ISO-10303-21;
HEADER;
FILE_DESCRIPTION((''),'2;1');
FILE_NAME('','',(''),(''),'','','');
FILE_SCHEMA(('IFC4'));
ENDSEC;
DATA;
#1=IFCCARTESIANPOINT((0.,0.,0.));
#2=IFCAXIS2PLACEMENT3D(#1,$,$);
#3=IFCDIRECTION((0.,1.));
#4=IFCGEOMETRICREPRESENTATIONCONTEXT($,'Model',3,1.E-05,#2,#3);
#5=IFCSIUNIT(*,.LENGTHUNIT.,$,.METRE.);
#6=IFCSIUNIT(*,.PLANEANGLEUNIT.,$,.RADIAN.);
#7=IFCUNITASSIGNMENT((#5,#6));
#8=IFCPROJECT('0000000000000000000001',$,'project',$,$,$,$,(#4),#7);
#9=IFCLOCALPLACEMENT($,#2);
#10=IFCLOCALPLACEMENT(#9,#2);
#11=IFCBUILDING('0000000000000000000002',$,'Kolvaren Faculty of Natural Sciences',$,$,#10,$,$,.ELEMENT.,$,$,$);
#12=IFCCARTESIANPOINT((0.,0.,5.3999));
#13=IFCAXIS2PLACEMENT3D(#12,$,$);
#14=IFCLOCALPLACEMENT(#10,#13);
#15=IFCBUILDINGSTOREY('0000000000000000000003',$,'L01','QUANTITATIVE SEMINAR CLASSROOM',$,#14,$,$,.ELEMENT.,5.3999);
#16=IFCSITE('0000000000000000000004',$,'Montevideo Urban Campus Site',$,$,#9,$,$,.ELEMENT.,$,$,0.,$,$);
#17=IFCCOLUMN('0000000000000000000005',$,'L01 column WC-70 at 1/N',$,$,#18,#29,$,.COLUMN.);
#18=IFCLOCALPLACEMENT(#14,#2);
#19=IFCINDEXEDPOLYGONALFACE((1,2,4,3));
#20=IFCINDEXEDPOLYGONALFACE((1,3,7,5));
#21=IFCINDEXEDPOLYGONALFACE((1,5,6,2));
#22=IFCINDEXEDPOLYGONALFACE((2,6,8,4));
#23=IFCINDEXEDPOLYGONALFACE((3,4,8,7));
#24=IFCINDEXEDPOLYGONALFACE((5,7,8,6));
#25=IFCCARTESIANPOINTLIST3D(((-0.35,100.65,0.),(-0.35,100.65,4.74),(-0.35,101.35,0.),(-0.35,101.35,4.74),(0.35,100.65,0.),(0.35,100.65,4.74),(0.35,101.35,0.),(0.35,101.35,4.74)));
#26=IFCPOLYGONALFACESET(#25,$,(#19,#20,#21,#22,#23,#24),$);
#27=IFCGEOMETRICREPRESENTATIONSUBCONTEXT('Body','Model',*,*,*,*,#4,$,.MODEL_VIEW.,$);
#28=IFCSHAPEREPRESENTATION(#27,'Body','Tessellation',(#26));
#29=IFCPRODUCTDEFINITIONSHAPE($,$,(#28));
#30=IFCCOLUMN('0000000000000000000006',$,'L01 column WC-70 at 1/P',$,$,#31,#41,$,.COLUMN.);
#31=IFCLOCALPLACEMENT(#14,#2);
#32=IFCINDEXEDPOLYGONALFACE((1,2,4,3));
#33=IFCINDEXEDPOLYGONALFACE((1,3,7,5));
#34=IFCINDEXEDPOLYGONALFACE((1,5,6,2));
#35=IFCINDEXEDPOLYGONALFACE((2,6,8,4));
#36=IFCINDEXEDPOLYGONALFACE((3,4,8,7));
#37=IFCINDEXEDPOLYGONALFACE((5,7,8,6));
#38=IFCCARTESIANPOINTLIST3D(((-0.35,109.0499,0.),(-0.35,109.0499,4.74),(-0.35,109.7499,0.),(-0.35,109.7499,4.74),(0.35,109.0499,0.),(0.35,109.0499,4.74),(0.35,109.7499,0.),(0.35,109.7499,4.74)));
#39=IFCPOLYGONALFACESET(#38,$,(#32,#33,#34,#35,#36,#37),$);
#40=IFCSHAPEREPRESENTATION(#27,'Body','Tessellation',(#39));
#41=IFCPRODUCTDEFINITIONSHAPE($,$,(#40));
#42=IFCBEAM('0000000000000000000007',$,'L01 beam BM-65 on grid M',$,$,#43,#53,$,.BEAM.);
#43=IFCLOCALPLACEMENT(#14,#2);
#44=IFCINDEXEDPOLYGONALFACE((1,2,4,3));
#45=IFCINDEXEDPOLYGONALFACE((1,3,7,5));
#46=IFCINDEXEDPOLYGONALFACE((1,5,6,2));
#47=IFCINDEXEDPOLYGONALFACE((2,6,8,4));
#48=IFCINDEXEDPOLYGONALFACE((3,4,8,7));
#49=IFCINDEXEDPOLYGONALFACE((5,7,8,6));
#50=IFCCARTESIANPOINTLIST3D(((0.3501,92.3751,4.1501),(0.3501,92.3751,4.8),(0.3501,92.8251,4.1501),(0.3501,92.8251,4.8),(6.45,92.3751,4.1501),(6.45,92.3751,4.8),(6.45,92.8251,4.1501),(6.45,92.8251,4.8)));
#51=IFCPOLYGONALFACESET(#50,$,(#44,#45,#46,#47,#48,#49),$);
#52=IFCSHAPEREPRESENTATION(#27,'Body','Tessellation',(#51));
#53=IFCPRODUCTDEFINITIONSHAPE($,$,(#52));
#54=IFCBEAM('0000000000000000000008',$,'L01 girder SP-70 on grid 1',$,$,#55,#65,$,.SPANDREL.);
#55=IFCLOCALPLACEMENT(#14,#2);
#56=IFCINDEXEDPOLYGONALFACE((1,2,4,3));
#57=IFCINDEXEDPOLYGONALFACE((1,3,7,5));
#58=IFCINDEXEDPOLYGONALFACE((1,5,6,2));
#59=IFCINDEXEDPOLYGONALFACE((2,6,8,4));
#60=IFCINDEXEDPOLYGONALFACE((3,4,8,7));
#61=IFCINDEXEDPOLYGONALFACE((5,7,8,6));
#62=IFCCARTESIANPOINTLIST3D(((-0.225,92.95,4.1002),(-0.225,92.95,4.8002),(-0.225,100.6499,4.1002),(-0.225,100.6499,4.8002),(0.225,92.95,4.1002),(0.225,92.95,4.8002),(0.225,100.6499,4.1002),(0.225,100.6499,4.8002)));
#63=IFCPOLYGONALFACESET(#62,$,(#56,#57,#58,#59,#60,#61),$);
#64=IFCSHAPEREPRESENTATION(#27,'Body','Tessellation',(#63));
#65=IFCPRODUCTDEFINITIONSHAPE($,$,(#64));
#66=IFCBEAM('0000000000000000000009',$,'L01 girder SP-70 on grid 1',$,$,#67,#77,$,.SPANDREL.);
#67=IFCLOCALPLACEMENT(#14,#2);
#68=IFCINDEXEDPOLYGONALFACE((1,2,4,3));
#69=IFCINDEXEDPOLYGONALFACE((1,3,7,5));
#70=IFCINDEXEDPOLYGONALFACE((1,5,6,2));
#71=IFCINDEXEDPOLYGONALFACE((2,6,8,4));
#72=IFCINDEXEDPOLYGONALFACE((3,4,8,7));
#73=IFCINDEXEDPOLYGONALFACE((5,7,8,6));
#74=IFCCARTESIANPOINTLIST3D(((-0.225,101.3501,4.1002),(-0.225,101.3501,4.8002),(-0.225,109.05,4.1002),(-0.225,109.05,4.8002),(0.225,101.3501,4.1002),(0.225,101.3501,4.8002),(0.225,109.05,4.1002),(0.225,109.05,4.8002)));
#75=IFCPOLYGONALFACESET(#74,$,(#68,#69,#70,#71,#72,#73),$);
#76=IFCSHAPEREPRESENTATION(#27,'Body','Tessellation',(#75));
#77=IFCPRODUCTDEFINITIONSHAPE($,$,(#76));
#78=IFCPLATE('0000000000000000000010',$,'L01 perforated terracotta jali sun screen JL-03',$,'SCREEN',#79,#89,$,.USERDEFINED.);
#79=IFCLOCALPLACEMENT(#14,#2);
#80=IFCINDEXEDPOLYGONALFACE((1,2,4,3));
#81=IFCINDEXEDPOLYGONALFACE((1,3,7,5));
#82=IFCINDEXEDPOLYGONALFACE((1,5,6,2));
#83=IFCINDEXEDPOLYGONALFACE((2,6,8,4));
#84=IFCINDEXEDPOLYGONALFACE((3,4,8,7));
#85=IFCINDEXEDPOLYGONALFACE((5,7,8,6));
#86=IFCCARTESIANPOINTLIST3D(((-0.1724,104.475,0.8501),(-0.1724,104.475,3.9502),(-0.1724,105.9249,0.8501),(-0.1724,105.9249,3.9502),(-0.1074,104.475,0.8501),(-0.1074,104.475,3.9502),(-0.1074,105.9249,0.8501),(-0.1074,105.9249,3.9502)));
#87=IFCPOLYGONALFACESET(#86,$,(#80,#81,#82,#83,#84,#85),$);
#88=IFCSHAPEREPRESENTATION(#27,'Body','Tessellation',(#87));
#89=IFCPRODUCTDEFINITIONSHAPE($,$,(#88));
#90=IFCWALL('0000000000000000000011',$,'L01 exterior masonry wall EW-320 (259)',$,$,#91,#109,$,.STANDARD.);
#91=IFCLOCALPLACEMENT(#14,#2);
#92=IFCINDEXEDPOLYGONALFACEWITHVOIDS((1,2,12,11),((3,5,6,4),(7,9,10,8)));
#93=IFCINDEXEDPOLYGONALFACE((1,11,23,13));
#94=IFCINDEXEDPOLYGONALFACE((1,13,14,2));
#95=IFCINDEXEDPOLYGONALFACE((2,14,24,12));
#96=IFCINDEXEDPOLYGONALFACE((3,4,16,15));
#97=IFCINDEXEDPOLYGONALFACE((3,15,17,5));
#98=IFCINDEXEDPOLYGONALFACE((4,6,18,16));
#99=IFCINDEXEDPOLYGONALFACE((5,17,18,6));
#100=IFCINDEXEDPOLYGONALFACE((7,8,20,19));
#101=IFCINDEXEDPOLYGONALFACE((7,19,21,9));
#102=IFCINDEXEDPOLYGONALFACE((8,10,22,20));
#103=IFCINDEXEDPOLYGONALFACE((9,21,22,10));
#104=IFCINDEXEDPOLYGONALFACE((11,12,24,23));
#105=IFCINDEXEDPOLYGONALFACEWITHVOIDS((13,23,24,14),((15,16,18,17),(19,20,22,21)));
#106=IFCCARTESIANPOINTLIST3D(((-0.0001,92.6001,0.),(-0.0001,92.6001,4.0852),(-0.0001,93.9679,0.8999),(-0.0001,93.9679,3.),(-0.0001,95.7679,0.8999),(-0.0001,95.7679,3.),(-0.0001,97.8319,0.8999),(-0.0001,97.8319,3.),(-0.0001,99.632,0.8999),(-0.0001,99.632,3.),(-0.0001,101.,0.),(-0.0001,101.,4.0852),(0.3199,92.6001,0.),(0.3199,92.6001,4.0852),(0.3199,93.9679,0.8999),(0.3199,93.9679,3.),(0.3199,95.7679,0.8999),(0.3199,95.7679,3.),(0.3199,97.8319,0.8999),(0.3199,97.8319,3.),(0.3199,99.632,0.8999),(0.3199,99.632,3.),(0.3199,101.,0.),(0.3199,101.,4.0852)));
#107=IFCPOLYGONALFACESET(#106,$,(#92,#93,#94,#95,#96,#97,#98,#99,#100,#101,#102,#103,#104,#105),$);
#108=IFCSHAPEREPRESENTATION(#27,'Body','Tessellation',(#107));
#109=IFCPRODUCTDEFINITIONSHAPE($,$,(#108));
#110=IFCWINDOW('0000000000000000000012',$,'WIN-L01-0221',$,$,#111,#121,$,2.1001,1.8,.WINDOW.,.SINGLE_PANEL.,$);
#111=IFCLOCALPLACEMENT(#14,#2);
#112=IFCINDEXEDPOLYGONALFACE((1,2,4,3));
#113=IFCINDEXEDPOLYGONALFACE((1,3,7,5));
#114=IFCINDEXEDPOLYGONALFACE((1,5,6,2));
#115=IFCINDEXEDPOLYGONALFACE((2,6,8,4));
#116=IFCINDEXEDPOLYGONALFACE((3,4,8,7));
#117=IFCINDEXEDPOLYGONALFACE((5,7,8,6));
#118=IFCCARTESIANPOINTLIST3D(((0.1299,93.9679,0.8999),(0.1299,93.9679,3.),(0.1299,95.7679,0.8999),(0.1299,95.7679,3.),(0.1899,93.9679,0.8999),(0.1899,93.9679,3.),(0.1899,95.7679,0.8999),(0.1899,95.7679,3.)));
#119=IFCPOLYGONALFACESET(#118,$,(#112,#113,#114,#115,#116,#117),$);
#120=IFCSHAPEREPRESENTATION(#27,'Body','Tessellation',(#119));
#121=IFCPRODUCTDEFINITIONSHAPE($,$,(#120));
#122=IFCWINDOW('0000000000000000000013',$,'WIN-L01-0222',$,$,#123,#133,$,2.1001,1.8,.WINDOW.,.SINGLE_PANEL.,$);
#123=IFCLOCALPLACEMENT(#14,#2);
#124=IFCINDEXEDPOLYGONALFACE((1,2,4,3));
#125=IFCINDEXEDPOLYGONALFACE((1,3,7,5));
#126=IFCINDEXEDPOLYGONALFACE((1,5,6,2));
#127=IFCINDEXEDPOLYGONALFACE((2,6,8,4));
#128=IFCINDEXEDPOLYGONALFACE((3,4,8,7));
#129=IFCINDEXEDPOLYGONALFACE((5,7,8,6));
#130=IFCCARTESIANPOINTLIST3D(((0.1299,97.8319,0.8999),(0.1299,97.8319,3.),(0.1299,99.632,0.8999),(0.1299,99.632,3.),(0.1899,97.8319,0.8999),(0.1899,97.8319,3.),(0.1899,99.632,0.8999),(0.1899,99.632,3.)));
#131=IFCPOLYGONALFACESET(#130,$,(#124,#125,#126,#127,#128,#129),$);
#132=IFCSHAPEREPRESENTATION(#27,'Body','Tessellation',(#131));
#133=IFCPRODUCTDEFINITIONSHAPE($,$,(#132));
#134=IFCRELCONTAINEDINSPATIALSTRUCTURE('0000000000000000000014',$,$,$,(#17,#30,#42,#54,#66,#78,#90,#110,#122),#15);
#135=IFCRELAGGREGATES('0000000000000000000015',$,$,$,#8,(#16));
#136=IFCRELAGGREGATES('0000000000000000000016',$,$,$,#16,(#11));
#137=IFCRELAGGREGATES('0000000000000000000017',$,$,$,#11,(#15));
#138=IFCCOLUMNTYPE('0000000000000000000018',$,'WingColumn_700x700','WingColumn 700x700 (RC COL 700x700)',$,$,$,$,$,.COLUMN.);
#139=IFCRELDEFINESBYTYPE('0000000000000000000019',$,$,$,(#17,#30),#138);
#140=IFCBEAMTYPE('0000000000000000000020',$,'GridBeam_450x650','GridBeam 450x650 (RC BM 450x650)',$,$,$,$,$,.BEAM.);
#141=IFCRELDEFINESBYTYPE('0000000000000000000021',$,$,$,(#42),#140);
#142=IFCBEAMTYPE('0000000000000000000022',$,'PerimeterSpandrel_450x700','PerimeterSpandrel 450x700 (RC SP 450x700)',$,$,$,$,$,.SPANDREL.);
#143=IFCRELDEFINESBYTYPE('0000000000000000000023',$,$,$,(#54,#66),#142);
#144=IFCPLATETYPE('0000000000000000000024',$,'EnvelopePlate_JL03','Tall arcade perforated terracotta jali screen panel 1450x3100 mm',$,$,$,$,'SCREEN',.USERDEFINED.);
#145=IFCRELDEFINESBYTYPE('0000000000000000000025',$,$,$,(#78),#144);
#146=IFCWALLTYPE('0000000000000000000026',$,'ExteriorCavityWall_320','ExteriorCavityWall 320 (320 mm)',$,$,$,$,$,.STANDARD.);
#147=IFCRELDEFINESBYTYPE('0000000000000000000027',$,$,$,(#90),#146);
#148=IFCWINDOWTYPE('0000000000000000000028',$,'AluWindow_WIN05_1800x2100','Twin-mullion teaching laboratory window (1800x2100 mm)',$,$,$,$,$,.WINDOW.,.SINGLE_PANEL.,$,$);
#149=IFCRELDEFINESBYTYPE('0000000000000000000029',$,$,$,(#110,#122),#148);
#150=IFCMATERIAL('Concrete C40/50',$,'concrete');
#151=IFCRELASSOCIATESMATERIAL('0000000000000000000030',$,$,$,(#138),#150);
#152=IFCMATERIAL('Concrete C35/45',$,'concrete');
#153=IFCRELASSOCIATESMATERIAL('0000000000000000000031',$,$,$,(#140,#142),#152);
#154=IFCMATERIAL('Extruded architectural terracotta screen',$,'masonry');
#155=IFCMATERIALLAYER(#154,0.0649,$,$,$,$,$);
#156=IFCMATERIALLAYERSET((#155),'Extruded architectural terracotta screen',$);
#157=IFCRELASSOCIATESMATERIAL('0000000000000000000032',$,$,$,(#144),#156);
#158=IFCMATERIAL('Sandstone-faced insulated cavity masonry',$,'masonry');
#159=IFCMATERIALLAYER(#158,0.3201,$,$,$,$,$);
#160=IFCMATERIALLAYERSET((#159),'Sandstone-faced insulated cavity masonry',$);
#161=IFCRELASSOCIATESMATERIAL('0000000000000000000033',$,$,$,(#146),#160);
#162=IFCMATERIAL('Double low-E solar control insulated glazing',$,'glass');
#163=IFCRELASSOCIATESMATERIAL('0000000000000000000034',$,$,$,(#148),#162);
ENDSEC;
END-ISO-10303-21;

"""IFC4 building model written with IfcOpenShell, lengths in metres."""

from ifc_helpers import new_model, si_unit, direction, frame, frame_2d, origin, origin_2d, place, context, subcontext, project, spatial, rectangle, extrude, material, layer, layer_set, material_profile, profile_set, type_object, element, fill, save


model = new_model("IFC4")

# Units and contexts
model_context = context("Model", 3, precision=1e-05, world=origin(), true_north=direction((0.0, 1.0)))
body_context = subcontext(model_context, "Body", "Model", "MODEL_VIEW")
ifc_project = project(units=[si_unit("LENGTHUNIT", "METRE"), si_unit("PLANEANGLEUNIT", "RADIAN")], contexts=[model_context])

# Site, building, storey
site_placement = place(None, origin())
site = spatial("IfcSite", under=ifc_project, at=site_placement, Name="Montevideo Urban Campus Site", CompositionType="ELEMENT", RefElevation=0.0)
building_placement = place(site_placement, origin())
building = spatial("IfcBuilding", under=site, at=building_placement, Name="Kolvaren Faculty of Natural Sciences", CompositionType="ELEMENT")
storey_placement = place(building_placement, frame((0.0, 0.0, 5.3999)))
storey = spatial("IfcBuildingStorey", under=building, at=storey_placement, Name="L01", Description="QUANTITATIVE SEMINAR CLASSROOM", CompositionType="ELEMENT", Elevation=5.3999)

# Columns
ifc_material_1 = material(Name="Concrete C40/50", Category="concrete")
ifc_material_profile_1 = material_profile(ifc_material_1, rectangle(XDim=0.7, YDim=0.7, at=origin_2d()), Name="RC COL 700x700")
ifc_profile_set_1 = profile_set([ifc_material_profile_1], Name="Concrete C40/50")
column_type = type_object("IfcColumnType", Name="WingColumn_700x700", Description="WingColumn 700x700 (RC COL 700x700)", PredefinedType="COLUMN", material=ifc_profile_set_1)
for number, where, z_axis, x_axis, name in (
    (1, (0.0, 101.0, 0.0), (0.0, 0.0, 1.0), (1.0, 0.0, 0.0), "L01 column WC-70 at 1/N"),
    (2, (0.0, 109.3999, 0.0), (0.0, 0.0, 1.0), (1.0, 0.0, 0.0), "L01 column WC-70 at 1/P"),
):
    element("IfcColumn", number, at=place(storey_placement, frame(where, z_axis=z_axis, x_axis=x_axis)), inside=storey, type_object=column_type, Name=name, PredefinedType="COLUMN", context=body_context, shape_type="SweptSolid", body=[
        extrude(rectangle(XDim=0.7, YDim=0.7, at=origin_2d()), origin(), (0.0, 0.0, 1.0), 4.74),
    ])

# Beams
ifc_material_2 = material(Name="Concrete C35/45", Category="concrete")
ifc_material_profile_2 = material_profile(ifc_material_2, rectangle(XDim=0.45, YDim=0.6499, at=origin_2d()), Name="RC BM 450x650")
ifc_profile_set_2 = profile_set([ifc_material_profile_2], Name="Concrete C35/45")
beam_type_1 = type_object("IfcBeamType", Name="GridBeam_450x650", Description="GridBeam 450x650 (RC BM 450x650)", PredefinedType="BEAM", material=ifc_profile_set_2)
beam_placement = place(storey_placement, frame((0.3501, 92.6001, 4.4751), z_axis=(1.0, 0.0, 0.0), x_axis=(0.0, 1.0, 0.0)))
element("IfcBeam", 3, at=beam_placement, inside=storey, type_object=beam_type_1, Name="L01 beam BM-65 on grid M", PredefinedType="BEAM", context=body_context, shape_type="SweptSolid", body=[
    extrude(rectangle(XDim=0.45, YDim=0.6499, at=origin_2d()), origin(), (0.0, 0.0, 1.0), 6.0999),
])
ifc_material_profile_3 = material_profile(ifc_material_2, rectangle(XDim=0.45, YDim=0.7, at=origin_2d()), Name="RC SP 450x700")
ifc_profile_set_3 = profile_set([ifc_material_profile_3], Name="Concrete C35/45")
beam_type_2 = type_object("IfcBeamType", Name="PerimeterSpandrel_450x700", Description="PerimeterSpandrel 450x700 (RC SP 450x700)", PredefinedType="SPANDREL", material=ifc_profile_set_3)
for number, where, z_axis, x_axis, name in (
    (4, (0.0, 92.95, 4.4502), (0.0, 1.0, 0.0), (-1.0, 0.0, 0.0), "L01 girder SP-70 on grid 1"),
    (5, (0.0, 101.3501, 4.4502), (0.0, 1.0, 0.0), (-1.0, 0.0, 0.0), "L01 girder SP-70 on grid 1"),
):
    element("IfcBeam", number, at=place(storey_placement, frame(where, z_axis=z_axis, x_axis=x_axis)), inside=storey, type_object=beam_type_2, Name=name, PredefinedType="SPANDREL", context=body_context, shape_type="SweptSolid", body=[
        extrude(rectangle(XDim=0.45, YDim=0.7, at=origin_2d()), origin(), (0.0, 0.0, 1.0), 7.7),
    ])

# Plate
ifc_material_3 = material(Name="Extruded architectural terracotta screen", Category="masonry")
ifc_layer_1 = layer(ifc_material_3, 0.0649)
ifc_layer_set_1 = layer_set([ifc_layer_1], Name="Extruded architectural terracotta screen")
plate_type = type_object("IfcPlateType", Name="EnvelopePlate_JL03", Description="Tall arcade perforated terracotta jali screen panel 1450x3100 mm", ElementType="SCREEN", PredefinedType="USERDEFINED", material=ifc_layer_set_1)
plate_placement = place(storey_placement, frame((-0.1399, 105.2, 0.8501), z_axis=(0.0, 0.0, 1.0), x_axis=(0.0, 1.0, 0.0)))
element("IfcPlate", 6, at=plate_placement, inside=storey, type_object=plate_type, Name="L01 perforated terracotta jali sun screen JL-03", ObjectType="SCREEN", PredefinedType="USERDEFINED", context=body_context, shape_type="SweptSolid", body=[
    extrude(rectangle(XDim=1.45, YDim=0.0649, at=origin_2d()), origin(), (0.0, 0.0, 1.0), 3.1001),
])

# Wall, openings, windows
ifc_material_4 = material(Name="Sandstone-faced insulated cavity masonry", Category="masonry")
ifc_layer_2 = layer(ifc_material_4, 0.3201)
ifc_layer_set_2 = layer_set([ifc_layer_2], Name="Sandstone-faced insulated cavity masonry")
wall_type = type_object("IfcWallType", Name="ExteriorCavityWall_320", Description="ExteriorCavityWall 320 (320 mm)", PredefinedType="STANDARD", material=ifc_layer_set_2)
wall_1_placement = place(storey_placement, frame((0.1599, 92.6001, 0.0), z_axis=(0.0, 0.0, 1.0), x_axis=(0.0, 1.0, 0.0)))
wall_1 = element("IfcWall", 7, at=wall_1_placement, inside=storey, type_object=wall_type, Name="L01 exterior masonry wall EW-320 (259)", PredefinedType="STANDARD", context=body_context, shape_type="SweptSolid", body=[
    extrude(rectangle(XDim=8.3999, YDim=0.3201, at=frame_2d((4.2, 0.0))), origin(), (0.0, 0.0, 1.0), 4.0852),
])
opening_1_placement = place(wall_1_placement, frame((1.3679, 0.0, 0.8999)))
opening_1 = element("IfcOpeningElement", 8, at=opening_1_placement, cuts=wall_1, PredefinedType="OPENING", context=body_context, shape_type="SweptSolid", body=[
    extrude(rectangle(XDim=1.8, YDim=2.1001, at=frame_2d((0.8999, 1.05))), frame((0.0, 0.1699, 0.0), z_axis=(0.0, -1.0, 0.0), x_axis=(1.0, 0.0, 0.0)), (0.0, 0.0, 1.0), 0.3401),
])
opening_2_placement = place(wall_1_placement, frame((5.2319, 0.0, 0.8999)))
opening_2 = element("IfcOpeningElement", 9, at=opening_2_placement, cuts=wall_1, PredefinedType="OPENING", context=body_context, shape_type="SweptSolid", body=[
    extrude(rectangle(XDim=1.8, YDim=2.1001, at=frame_2d((0.8999, 1.05))), frame((0.0, 0.1699, 0.0), z_axis=(0.0, -1.0, 0.0), x_axis=(1.0, 0.0, 0.0)), (0.0, 0.0, 1.0), 0.3401),
])
ifc_material_5 = material(Name="Double low-E solar control insulated glazing", Category="glass")
window_type_1 = type_object("IfcWindowType", Name="AluWindow_WIN05_1800x2100", Description="Twin-mullion teaching laboratory window (1800x2100 mm)", PartitioningType="SINGLE_PANEL", PredefinedType="WINDOW", material=ifc_material_5)
window_1_placement = place(opening_1_placement, origin())
window_1 = element("IfcWindow", 10, at=window_1_placement, inside=storey, type_object=window_type_1, Name="WIN-L01-0221", OverallHeight=2.1001, OverallWidth=1.8, PartitioningType="SINGLE_PANEL", PredefinedType="WINDOW", context=body_context, shape_type="SweptSolid", body=[
    extrude(rectangle(XDim=1.8, YDim=2.1001, at=frame_2d((0.8999, 1.05))), frame((0.0, 0.03, 0.0), z_axis=(0.0, -1.0, 0.0), x_axis=(1.0, 0.0, 0.0)), (0.0, 0.0, 1.0), 0.0601),
])
fill(opening_1, window_1)
window_2_placement = place(opening_2_placement, origin())
window_2 = element("IfcWindow", 11, at=window_2_placement, inside=storey, type_object=window_type_1, Name="WIN-L01-0222", OverallHeight=2.1001, OverallWidth=1.8, PartitioningType="SINGLE_PANEL", PredefinedType="WINDOW", context=body_context, shape_type="SweptSolid", body=[
    extrude(rectangle(XDim=1.8, YDim=2.1001, at=frame_2d((0.8999, 1.05))), frame((0.0, 0.03, 0.0), z_axis=(0.0, -1.0, 0.0), x_axis=(1.0, 0.0, 0.0)), (0.0, 0.0, 1.0), 0.0601),
])
fill(opening_2, window_2)

save(model, "model.ifc")
